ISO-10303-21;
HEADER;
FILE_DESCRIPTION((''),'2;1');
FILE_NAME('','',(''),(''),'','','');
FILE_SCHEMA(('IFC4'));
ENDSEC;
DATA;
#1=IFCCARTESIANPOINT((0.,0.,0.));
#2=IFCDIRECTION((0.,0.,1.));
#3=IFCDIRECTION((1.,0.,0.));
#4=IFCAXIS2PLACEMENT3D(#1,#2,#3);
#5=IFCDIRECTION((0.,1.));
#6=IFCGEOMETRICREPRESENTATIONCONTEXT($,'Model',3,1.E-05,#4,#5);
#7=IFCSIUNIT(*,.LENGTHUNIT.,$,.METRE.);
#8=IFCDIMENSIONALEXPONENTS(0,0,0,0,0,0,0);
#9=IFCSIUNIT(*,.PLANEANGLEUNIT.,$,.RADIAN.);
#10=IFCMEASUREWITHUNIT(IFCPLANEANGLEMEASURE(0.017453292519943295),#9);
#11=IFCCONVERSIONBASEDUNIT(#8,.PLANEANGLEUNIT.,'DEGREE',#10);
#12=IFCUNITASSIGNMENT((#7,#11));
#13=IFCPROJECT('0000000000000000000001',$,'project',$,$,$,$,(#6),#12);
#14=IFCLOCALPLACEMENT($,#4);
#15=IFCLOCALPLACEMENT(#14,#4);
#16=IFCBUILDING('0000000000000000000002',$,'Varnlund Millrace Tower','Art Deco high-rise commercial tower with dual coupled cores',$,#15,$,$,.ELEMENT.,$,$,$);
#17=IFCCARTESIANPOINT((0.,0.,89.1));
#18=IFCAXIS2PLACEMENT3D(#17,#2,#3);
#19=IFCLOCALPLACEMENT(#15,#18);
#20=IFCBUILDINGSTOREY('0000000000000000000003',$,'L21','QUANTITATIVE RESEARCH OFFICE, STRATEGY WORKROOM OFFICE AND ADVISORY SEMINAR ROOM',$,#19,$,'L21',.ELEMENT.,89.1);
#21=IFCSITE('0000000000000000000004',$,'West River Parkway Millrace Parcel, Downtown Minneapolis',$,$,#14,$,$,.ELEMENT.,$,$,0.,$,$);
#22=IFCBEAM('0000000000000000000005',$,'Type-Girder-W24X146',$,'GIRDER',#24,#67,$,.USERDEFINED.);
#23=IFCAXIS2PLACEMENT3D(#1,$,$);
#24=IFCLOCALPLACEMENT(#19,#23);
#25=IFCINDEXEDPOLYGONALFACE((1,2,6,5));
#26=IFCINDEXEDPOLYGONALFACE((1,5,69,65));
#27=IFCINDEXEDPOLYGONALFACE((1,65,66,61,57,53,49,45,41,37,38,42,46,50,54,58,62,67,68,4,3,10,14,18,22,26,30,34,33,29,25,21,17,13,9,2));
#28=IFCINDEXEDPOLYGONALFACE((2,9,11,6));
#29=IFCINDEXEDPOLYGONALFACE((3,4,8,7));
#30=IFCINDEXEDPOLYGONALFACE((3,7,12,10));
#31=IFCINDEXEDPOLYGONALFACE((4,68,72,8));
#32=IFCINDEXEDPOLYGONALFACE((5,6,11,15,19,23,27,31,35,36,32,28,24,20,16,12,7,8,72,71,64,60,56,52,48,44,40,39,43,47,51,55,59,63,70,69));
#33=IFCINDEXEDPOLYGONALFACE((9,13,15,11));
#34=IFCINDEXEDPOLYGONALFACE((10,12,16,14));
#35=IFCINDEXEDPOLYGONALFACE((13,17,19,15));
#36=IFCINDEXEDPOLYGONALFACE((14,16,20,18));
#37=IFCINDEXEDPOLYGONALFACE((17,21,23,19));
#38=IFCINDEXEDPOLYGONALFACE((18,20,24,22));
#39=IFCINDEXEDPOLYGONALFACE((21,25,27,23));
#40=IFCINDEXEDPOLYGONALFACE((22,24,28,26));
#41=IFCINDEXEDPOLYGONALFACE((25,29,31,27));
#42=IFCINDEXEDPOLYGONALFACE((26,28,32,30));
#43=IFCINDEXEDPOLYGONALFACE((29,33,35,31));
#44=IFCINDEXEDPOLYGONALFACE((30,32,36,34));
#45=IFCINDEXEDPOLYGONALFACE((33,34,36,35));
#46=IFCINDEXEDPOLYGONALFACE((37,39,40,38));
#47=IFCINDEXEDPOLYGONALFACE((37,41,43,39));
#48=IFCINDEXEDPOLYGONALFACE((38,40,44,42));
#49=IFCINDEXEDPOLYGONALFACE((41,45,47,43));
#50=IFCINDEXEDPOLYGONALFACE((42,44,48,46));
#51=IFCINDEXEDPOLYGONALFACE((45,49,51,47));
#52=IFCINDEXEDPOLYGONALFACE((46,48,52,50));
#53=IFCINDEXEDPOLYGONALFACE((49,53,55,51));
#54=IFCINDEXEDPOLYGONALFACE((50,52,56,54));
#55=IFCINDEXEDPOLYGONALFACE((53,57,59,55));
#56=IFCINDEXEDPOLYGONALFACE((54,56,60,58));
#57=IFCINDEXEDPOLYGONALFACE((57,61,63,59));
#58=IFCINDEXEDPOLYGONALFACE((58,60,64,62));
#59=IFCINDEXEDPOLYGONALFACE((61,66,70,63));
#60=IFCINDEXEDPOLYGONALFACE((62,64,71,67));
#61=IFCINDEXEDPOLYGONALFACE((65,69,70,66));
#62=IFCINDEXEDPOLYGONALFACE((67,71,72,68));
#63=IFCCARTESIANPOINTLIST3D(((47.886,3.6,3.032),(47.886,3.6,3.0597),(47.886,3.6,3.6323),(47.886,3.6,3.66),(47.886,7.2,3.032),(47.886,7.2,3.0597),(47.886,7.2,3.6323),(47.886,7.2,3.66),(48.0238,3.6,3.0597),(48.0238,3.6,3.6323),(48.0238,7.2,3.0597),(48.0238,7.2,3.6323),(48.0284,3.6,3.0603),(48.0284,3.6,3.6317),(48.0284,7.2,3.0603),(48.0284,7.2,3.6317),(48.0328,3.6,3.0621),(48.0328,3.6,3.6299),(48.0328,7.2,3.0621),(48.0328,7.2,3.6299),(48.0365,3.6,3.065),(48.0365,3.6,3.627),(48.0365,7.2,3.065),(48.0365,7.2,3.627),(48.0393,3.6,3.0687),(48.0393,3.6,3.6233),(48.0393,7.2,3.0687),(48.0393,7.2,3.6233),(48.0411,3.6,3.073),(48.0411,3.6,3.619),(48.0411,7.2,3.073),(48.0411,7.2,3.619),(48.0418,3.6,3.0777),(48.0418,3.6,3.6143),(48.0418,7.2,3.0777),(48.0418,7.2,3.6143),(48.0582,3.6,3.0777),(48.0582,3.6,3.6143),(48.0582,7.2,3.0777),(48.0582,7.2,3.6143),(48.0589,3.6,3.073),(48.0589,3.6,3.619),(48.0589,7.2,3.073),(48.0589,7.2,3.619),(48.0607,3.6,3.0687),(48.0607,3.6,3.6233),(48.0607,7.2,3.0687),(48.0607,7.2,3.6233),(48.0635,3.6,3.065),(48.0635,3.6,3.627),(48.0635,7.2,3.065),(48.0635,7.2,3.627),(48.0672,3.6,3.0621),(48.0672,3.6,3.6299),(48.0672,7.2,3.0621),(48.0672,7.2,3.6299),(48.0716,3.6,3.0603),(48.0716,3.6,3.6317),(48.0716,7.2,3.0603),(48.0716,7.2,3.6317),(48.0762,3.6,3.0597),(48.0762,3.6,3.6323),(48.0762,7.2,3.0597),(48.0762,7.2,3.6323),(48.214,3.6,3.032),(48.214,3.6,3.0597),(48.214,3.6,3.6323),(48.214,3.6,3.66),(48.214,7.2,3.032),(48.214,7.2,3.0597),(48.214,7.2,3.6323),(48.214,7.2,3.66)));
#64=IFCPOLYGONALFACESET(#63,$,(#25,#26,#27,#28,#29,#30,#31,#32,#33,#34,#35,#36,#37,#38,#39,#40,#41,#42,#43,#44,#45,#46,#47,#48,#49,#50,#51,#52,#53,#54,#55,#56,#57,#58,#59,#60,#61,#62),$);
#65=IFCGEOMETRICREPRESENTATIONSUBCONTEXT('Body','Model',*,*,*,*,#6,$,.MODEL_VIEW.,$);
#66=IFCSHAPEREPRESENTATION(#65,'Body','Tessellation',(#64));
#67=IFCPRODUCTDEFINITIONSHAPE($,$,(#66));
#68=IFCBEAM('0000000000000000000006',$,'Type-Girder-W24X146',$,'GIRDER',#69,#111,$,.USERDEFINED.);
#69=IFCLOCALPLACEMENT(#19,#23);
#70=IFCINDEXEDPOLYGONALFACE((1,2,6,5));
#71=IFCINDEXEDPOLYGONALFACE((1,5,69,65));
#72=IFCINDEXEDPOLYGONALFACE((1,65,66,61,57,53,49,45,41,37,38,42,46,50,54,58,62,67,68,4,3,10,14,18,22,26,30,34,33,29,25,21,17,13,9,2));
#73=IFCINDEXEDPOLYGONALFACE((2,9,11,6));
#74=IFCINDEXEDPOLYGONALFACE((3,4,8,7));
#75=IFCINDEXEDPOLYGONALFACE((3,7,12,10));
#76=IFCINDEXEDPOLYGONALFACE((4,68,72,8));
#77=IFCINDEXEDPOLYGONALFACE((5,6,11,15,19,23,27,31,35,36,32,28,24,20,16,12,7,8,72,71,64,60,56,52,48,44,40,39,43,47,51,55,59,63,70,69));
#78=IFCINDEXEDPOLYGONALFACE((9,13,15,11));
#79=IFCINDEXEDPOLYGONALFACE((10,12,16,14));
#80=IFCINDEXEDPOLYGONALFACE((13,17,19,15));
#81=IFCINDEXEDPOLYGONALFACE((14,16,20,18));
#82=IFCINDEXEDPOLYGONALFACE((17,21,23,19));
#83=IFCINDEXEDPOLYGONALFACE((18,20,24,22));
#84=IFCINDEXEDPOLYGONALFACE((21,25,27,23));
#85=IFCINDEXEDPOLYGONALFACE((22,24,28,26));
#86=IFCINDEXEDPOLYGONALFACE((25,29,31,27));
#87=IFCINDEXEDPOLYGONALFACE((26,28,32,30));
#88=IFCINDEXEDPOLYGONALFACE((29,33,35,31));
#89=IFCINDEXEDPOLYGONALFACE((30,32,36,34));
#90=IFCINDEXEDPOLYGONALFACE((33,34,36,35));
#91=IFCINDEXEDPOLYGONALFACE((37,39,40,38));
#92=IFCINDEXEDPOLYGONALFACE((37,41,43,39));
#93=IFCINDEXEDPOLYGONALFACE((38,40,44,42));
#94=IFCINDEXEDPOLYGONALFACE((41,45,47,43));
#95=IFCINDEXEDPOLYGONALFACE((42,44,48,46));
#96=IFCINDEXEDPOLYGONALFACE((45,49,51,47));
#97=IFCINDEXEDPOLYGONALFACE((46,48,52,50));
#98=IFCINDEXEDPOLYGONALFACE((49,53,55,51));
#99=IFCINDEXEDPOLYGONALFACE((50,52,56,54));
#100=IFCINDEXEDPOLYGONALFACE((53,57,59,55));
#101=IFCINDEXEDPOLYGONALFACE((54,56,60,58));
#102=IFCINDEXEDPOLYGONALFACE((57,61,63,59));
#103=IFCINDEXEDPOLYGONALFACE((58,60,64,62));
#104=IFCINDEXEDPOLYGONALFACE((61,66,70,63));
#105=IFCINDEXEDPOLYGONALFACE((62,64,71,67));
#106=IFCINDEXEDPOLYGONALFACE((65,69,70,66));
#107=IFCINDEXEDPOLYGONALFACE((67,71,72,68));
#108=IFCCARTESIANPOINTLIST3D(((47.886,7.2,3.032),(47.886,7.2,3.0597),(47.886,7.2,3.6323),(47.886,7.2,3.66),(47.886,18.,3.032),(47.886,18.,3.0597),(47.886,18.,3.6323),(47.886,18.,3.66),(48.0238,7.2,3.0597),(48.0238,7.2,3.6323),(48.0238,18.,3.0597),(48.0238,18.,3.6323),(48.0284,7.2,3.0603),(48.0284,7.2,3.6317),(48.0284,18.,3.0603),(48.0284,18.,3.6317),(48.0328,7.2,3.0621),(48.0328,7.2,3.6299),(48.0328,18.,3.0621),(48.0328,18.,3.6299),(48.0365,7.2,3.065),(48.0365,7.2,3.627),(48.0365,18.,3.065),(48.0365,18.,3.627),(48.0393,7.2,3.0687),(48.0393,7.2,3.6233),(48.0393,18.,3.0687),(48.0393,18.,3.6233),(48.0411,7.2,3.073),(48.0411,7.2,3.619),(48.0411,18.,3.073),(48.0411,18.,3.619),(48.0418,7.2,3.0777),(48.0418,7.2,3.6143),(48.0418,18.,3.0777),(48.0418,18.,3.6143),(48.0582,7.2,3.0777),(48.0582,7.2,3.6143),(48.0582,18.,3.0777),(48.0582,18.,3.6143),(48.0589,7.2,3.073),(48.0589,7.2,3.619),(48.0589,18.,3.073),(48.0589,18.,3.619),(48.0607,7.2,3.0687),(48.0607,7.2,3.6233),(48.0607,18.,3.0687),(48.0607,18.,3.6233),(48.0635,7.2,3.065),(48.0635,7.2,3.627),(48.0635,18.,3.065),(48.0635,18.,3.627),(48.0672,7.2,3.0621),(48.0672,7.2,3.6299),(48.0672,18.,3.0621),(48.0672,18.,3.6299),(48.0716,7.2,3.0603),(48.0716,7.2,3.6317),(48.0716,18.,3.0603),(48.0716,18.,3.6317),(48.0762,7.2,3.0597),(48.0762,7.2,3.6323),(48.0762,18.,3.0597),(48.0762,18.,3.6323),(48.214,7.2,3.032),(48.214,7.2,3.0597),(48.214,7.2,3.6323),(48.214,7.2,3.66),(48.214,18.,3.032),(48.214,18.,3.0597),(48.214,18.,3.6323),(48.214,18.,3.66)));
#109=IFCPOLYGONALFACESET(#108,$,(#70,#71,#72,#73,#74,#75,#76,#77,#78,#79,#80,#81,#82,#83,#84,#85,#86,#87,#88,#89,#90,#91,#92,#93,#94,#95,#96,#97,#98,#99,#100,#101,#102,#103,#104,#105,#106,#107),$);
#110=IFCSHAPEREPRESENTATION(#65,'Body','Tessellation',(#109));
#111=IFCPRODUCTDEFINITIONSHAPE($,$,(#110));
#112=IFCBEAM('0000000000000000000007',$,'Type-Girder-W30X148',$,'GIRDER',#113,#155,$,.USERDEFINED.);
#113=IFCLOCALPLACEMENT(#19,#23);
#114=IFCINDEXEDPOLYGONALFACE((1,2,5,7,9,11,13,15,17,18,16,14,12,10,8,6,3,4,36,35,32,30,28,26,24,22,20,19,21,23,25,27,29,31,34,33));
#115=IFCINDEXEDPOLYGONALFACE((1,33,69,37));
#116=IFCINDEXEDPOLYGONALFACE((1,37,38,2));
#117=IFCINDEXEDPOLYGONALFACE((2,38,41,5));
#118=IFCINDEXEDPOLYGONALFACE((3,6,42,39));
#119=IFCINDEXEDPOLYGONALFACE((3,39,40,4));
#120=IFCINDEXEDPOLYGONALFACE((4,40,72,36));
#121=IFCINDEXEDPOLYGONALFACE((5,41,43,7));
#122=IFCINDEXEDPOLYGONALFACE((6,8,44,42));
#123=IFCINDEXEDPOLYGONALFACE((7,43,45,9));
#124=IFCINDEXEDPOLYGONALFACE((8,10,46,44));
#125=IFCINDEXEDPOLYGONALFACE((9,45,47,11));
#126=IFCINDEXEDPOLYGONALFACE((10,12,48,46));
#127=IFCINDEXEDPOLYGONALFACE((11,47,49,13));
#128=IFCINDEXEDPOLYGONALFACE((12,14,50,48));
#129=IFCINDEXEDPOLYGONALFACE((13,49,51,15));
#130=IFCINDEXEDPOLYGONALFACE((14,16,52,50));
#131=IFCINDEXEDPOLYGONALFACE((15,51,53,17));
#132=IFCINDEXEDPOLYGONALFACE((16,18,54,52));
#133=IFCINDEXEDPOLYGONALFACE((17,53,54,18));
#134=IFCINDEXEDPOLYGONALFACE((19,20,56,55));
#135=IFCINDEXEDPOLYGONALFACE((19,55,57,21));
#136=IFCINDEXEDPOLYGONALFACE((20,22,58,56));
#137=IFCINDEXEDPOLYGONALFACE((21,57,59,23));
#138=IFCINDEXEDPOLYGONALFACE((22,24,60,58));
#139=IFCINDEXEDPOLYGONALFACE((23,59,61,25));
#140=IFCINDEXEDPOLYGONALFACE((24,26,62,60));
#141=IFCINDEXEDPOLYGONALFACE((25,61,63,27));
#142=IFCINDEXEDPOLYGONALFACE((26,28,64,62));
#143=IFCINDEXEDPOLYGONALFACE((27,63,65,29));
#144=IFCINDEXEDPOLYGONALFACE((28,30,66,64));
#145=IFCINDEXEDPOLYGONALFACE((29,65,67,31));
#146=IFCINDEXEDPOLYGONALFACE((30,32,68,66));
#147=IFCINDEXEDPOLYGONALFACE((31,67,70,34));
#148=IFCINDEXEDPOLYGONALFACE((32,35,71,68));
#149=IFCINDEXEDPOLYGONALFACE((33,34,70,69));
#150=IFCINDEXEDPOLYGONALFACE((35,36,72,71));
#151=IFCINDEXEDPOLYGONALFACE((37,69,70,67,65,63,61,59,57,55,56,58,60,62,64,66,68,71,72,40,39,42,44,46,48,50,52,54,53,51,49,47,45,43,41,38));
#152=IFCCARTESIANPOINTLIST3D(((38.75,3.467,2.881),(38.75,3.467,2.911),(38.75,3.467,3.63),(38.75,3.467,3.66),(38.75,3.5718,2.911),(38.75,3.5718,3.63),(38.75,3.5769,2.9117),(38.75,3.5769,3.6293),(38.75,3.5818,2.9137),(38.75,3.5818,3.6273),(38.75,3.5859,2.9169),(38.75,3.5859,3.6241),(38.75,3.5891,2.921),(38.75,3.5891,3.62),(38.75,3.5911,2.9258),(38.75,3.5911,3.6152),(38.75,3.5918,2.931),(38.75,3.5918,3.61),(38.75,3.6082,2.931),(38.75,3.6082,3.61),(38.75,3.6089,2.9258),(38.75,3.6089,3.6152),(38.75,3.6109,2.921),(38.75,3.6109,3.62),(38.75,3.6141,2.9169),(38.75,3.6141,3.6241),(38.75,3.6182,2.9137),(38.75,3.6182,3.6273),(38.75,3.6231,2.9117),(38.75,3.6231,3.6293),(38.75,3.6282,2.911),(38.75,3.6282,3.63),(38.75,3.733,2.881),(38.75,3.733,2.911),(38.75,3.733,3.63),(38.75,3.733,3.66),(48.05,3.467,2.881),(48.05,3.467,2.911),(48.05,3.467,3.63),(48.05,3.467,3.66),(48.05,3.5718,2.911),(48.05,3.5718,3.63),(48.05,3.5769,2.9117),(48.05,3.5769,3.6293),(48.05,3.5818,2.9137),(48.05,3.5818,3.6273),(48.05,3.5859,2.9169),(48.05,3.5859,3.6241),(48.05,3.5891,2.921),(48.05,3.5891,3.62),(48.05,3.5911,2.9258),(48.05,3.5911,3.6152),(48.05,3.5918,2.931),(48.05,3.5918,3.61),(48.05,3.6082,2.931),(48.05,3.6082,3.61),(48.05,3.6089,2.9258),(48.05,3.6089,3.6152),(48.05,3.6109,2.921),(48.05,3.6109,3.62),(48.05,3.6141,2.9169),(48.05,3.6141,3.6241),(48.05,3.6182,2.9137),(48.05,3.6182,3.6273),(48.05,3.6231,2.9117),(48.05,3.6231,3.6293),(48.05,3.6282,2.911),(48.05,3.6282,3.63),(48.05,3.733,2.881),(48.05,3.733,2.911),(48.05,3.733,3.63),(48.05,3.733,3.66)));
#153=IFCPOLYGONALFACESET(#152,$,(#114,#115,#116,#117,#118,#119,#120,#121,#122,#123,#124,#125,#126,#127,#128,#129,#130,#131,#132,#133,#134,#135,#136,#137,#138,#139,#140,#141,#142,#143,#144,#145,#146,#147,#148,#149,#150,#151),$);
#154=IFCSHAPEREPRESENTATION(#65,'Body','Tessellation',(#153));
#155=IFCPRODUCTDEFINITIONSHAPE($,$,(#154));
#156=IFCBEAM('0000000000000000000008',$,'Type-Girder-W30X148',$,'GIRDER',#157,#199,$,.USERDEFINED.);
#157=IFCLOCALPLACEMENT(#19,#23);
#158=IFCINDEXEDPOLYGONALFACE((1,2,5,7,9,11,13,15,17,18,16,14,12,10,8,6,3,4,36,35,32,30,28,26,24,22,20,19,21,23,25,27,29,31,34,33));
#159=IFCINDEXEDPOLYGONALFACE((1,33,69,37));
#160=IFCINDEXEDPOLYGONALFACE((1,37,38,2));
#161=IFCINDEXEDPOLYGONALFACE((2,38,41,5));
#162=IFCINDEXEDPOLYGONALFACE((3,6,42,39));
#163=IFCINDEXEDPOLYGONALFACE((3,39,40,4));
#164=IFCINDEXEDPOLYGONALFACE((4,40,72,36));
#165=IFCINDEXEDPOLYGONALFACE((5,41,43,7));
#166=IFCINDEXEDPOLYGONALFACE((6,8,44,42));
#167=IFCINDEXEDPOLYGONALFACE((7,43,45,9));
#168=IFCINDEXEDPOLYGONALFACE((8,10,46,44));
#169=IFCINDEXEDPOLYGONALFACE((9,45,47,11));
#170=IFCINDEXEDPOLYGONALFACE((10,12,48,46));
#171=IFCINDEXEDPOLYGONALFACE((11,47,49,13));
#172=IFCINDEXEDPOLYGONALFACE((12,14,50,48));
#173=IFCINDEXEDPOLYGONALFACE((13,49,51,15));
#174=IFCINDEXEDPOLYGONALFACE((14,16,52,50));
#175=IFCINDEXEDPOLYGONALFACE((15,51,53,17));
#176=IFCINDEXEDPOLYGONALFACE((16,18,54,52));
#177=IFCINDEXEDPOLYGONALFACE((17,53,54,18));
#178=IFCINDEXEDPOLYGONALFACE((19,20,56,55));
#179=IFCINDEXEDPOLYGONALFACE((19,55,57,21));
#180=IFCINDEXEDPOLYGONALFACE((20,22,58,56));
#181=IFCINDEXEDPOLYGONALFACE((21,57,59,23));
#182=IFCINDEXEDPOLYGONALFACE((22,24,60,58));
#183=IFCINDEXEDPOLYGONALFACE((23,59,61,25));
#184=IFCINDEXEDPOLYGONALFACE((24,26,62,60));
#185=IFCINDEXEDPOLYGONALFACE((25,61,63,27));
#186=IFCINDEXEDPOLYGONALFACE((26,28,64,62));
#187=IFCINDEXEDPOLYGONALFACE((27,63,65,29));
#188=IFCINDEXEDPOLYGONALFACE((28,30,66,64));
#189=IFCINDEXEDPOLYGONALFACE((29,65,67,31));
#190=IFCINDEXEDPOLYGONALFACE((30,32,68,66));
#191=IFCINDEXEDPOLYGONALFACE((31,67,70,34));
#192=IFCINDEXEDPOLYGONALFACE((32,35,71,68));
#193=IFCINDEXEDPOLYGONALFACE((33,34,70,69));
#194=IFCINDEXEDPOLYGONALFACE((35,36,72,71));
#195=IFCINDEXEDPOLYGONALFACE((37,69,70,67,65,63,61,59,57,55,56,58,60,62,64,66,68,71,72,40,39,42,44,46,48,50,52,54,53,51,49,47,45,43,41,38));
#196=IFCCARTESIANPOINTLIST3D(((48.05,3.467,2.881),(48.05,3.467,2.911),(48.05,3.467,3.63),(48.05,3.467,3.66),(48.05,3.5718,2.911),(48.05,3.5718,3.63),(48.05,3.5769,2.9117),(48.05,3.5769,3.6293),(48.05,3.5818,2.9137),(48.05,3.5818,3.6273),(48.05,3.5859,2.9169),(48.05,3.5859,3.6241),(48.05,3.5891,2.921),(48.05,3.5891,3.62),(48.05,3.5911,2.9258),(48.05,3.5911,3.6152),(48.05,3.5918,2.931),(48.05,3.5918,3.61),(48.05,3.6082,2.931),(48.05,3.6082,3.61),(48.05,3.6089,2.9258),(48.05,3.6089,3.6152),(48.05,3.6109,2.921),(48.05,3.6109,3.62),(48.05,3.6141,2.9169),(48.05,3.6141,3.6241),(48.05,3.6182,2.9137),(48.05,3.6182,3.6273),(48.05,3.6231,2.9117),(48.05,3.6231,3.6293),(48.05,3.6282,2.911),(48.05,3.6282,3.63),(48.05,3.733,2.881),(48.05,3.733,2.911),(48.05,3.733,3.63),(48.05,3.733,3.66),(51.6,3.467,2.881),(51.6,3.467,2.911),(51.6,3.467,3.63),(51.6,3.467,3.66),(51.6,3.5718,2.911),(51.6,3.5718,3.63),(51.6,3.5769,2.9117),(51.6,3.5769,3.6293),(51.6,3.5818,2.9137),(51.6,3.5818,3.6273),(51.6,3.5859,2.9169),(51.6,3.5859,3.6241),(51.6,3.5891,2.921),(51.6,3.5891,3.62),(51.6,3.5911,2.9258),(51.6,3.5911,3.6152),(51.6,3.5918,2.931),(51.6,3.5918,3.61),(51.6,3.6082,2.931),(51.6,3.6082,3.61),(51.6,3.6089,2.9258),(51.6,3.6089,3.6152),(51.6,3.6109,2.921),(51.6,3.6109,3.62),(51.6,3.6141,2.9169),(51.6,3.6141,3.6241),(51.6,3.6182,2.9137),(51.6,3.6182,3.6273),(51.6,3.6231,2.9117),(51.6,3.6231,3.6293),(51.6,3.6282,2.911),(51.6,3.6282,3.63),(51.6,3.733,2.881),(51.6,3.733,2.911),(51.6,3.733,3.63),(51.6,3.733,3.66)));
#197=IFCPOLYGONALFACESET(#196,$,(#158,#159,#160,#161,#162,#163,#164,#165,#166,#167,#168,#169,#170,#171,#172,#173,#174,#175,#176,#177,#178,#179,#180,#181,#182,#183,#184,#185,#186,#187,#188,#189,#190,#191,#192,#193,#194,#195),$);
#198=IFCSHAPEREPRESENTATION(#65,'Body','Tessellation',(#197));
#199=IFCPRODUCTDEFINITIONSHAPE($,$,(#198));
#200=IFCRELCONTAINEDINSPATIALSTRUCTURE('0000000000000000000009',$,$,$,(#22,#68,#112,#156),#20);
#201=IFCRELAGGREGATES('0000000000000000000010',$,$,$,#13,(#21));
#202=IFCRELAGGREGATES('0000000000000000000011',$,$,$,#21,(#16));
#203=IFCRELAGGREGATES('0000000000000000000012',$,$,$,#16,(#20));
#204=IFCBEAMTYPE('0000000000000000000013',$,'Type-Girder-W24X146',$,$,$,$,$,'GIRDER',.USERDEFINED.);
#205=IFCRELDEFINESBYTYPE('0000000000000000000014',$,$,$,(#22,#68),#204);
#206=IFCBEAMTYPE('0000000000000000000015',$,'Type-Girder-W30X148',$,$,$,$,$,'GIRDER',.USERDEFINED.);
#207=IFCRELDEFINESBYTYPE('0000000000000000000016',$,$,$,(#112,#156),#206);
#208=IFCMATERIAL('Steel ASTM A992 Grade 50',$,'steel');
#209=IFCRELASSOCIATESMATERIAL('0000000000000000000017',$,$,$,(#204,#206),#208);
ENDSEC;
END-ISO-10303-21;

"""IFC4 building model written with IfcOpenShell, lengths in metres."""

from ifc_helpers import new_model, entity, si_unit, converted_unit, direction, frame, origin_with_axes, origin_2d_with_axis, place, context, subcontext, project, spatial, i_section, extrude, material, material_profile, profile_set, type_object, element, save


model = new_model("IFC4")

# Units and contexts
model_context = context("Model", 3, precision=1e-05, world=origin_with_axes(), true_north=direction((0.0, 1.0)))
body_context = subcontext(model_context, "Body", "Model", "MODEL_VIEW")
ifc_project = project(units=[si_unit("LENGTHUNIT", "METRE"), converted_unit("PLANEANGLEUNIT", "DEGREE", entity("IfcPlaneAngleMeasure", 0.017453292519943295), si_unit("PLANEANGLEUNIT", "RADIAN"), dimensions=[0, 0, 0, 0, 0, 0, 0])], contexts=[model_context])

# Site, building, storey
site_placement = place(None, origin_with_axes())
site = spatial("IfcSite", under=ifc_project, at=site_placement, Name="West River Parkway Millrace Parcel, Downtown Minneapolis", CompositionType="ELEMENT", RefElevation=0.0)
building_placement = place(site_placement, origin_with_axes())
building = spatial("IfcBuilding", under=site, at=building_placement, Name="Varnlund Millrace Tower", Description="Art Deco high-rise commercial tower with dual coupled cores", CompositionType="ELEMENT")
storey_placement = place(building_placement, frame((0.0, 0.0, 89.1), z_axis=(0.0, 0.0, 1.0), x_axis=(1.0, 0.0, 0.0)))
storey = spatial("IfcBuildingStorey", under=building, at=storey_placement, Name="L21", Description="QUANTITATIVE RESEARCH OFFICE, STRATEGY WORKROOM OFFICE AND ADVISORY SEMINAR ROOM", LongName="L21", CompositionType="ELEMENT", Elevation=89.1)

# Beams
ifc_material_1 = material(Name="Steel ASTM A992 Grade 50", Category="steel")
ifc_material_profile_1 = material_profile(ifc_material_1, i_section(OverallWidth=0.328, OverallDepth=0.628, WebThickness=0.0165, FlangeThickness=0.0277, FilletRadius=0.018, at=origin_2d_with_axis()), Name="Steel ASTM A992 Grade 50")
ifc_profile_set_1 = profile_set([ifc_material_profile_1], Name="Steel ASTM A992 Grade 50")
beam_type_1 = type_object("IfcBeamType", Name="Type-Girder-W24X146", ElementType="GIRDER", PredefinedType="USERDEFINED", material=ifc_profile_set_1)
beam_1_placement = place(storey_placement, frame((48.05, 3.6, 3.346), z_axis=(0.0, 1.0, 0.0), x_axis=(-1.0, 0.0, 0.0)))
element("IfcBeam", 1, at=beam_1_placement, inside=storey, type_object=beam_type_1, Name="Type-Girder-W24X146", ObjectType="GIRDER", PredefinedType="USERDEFINED", context=body_context, shape_type="SweptSolid", body=[
    extrude(i_section(OverallWidth=0.328, OverallDepth=0.628, WebThickness=0.0165, FlangeThickness=0.0277, FilletRadius=0.018, at=origin_2d_with_axis()), origin_with_axes(), (0.0, 0.0, 1.0), 3.6),
])
beam_2_placement = place(storey_placement, frame((48.05, 7.2, 3.346), z_axis=(0.0, 1.0, 0.0), x_axis=(-1.0, 0.0, 0.0)))
element("IfcBeam", 2, at=beam_2_placement, inside=storey, type_object=beam_type_1, Name="Type-Girder-W24X146", ObjectType="GIRDER", PredefinedType="USERDEFINED", context=body_context, shape_type="SweptSolid", body=[
    extrude(i_section(OverallWidth=0.328, OverallDepth=0.628, WebThickness=0.0165, FlangeThickness=0.0277, FilletRadius=0.018, at=origin_2d_with_axis()), origin_with_axes(), (0.0, 0.0, 1.0), 10.8),
])
ifc_material_profile_2 = material_profile(ifc_material_1, i_section(OverallWidth=0.266, OverallDepth=0.779, WebThickness=0.0165, FlangeThickness=0.03, FilletRadius=0.02, at=origin_2d_with_axis()), Name="Steel ASTM A992 Grade 50")
ifc_profile_set_2 = profile_set([ifc_material_profile_2], Name="Steel ASTM A992 Grade 50")
beam_type_2 = type_object("IfcBeamType", Name="Type-Girder-W30X148", ElementType="GIRDER", PredefinedType="USERDEFINED", material=ifc_profile_set_2)
beam_3_placement = place(storey_placement, frame((38.75, 3.6, 3.2705), z_axis=(1.0, 0.0, 0.0), x_axis=(0.0, 1.0, 0.0)))
element("IfcBeam", 3, at=beam_3_placement, inside=storey, type_object=beam_type_2, Name="Type-Girder-W30X148", ObjectType="GIRDER", PredefinedType="USERDEFINED", context=body_context, shape_type="SweptSolid", body=[
    extrude(i_section(OverallWidth=0.266, OverallDepth=0.779, WebThickness=0.0165, FlangeThickness=0.03, FilletRadius=0.02, at=origin_2d_with_axis()), origin_with_axes(), (0.0, 0.0, 1.0), 9.3),
])
beam_4_placement = place(storey_placement, frame((48.05, 3.6, 3.2705), z_axis=(1.0, 0.0, 0.0), x_axis=(0.0, 1.0, 0.0)))
element("IfcBeam", 4, at=beam_4_placement, inside=storey, type_object=beam_type_2, Name="Type-Girder-W30X148", ObjectType="GIRDER", PredefinedType="USERDEFINED", context=body_context, shape_type="SweptSolid", body=[
    extrude(i_section(OverallWidth=0.266, OverallDepth=0.779, WebThickness=0.0165, FlangeThickness=0.03, FilletRadius=0.02, at=origin_2d_with_axis()), origin_with_axes(), (0.0, 0.0, 1.0), 3.55),
])

save(model, "model.ifc")
